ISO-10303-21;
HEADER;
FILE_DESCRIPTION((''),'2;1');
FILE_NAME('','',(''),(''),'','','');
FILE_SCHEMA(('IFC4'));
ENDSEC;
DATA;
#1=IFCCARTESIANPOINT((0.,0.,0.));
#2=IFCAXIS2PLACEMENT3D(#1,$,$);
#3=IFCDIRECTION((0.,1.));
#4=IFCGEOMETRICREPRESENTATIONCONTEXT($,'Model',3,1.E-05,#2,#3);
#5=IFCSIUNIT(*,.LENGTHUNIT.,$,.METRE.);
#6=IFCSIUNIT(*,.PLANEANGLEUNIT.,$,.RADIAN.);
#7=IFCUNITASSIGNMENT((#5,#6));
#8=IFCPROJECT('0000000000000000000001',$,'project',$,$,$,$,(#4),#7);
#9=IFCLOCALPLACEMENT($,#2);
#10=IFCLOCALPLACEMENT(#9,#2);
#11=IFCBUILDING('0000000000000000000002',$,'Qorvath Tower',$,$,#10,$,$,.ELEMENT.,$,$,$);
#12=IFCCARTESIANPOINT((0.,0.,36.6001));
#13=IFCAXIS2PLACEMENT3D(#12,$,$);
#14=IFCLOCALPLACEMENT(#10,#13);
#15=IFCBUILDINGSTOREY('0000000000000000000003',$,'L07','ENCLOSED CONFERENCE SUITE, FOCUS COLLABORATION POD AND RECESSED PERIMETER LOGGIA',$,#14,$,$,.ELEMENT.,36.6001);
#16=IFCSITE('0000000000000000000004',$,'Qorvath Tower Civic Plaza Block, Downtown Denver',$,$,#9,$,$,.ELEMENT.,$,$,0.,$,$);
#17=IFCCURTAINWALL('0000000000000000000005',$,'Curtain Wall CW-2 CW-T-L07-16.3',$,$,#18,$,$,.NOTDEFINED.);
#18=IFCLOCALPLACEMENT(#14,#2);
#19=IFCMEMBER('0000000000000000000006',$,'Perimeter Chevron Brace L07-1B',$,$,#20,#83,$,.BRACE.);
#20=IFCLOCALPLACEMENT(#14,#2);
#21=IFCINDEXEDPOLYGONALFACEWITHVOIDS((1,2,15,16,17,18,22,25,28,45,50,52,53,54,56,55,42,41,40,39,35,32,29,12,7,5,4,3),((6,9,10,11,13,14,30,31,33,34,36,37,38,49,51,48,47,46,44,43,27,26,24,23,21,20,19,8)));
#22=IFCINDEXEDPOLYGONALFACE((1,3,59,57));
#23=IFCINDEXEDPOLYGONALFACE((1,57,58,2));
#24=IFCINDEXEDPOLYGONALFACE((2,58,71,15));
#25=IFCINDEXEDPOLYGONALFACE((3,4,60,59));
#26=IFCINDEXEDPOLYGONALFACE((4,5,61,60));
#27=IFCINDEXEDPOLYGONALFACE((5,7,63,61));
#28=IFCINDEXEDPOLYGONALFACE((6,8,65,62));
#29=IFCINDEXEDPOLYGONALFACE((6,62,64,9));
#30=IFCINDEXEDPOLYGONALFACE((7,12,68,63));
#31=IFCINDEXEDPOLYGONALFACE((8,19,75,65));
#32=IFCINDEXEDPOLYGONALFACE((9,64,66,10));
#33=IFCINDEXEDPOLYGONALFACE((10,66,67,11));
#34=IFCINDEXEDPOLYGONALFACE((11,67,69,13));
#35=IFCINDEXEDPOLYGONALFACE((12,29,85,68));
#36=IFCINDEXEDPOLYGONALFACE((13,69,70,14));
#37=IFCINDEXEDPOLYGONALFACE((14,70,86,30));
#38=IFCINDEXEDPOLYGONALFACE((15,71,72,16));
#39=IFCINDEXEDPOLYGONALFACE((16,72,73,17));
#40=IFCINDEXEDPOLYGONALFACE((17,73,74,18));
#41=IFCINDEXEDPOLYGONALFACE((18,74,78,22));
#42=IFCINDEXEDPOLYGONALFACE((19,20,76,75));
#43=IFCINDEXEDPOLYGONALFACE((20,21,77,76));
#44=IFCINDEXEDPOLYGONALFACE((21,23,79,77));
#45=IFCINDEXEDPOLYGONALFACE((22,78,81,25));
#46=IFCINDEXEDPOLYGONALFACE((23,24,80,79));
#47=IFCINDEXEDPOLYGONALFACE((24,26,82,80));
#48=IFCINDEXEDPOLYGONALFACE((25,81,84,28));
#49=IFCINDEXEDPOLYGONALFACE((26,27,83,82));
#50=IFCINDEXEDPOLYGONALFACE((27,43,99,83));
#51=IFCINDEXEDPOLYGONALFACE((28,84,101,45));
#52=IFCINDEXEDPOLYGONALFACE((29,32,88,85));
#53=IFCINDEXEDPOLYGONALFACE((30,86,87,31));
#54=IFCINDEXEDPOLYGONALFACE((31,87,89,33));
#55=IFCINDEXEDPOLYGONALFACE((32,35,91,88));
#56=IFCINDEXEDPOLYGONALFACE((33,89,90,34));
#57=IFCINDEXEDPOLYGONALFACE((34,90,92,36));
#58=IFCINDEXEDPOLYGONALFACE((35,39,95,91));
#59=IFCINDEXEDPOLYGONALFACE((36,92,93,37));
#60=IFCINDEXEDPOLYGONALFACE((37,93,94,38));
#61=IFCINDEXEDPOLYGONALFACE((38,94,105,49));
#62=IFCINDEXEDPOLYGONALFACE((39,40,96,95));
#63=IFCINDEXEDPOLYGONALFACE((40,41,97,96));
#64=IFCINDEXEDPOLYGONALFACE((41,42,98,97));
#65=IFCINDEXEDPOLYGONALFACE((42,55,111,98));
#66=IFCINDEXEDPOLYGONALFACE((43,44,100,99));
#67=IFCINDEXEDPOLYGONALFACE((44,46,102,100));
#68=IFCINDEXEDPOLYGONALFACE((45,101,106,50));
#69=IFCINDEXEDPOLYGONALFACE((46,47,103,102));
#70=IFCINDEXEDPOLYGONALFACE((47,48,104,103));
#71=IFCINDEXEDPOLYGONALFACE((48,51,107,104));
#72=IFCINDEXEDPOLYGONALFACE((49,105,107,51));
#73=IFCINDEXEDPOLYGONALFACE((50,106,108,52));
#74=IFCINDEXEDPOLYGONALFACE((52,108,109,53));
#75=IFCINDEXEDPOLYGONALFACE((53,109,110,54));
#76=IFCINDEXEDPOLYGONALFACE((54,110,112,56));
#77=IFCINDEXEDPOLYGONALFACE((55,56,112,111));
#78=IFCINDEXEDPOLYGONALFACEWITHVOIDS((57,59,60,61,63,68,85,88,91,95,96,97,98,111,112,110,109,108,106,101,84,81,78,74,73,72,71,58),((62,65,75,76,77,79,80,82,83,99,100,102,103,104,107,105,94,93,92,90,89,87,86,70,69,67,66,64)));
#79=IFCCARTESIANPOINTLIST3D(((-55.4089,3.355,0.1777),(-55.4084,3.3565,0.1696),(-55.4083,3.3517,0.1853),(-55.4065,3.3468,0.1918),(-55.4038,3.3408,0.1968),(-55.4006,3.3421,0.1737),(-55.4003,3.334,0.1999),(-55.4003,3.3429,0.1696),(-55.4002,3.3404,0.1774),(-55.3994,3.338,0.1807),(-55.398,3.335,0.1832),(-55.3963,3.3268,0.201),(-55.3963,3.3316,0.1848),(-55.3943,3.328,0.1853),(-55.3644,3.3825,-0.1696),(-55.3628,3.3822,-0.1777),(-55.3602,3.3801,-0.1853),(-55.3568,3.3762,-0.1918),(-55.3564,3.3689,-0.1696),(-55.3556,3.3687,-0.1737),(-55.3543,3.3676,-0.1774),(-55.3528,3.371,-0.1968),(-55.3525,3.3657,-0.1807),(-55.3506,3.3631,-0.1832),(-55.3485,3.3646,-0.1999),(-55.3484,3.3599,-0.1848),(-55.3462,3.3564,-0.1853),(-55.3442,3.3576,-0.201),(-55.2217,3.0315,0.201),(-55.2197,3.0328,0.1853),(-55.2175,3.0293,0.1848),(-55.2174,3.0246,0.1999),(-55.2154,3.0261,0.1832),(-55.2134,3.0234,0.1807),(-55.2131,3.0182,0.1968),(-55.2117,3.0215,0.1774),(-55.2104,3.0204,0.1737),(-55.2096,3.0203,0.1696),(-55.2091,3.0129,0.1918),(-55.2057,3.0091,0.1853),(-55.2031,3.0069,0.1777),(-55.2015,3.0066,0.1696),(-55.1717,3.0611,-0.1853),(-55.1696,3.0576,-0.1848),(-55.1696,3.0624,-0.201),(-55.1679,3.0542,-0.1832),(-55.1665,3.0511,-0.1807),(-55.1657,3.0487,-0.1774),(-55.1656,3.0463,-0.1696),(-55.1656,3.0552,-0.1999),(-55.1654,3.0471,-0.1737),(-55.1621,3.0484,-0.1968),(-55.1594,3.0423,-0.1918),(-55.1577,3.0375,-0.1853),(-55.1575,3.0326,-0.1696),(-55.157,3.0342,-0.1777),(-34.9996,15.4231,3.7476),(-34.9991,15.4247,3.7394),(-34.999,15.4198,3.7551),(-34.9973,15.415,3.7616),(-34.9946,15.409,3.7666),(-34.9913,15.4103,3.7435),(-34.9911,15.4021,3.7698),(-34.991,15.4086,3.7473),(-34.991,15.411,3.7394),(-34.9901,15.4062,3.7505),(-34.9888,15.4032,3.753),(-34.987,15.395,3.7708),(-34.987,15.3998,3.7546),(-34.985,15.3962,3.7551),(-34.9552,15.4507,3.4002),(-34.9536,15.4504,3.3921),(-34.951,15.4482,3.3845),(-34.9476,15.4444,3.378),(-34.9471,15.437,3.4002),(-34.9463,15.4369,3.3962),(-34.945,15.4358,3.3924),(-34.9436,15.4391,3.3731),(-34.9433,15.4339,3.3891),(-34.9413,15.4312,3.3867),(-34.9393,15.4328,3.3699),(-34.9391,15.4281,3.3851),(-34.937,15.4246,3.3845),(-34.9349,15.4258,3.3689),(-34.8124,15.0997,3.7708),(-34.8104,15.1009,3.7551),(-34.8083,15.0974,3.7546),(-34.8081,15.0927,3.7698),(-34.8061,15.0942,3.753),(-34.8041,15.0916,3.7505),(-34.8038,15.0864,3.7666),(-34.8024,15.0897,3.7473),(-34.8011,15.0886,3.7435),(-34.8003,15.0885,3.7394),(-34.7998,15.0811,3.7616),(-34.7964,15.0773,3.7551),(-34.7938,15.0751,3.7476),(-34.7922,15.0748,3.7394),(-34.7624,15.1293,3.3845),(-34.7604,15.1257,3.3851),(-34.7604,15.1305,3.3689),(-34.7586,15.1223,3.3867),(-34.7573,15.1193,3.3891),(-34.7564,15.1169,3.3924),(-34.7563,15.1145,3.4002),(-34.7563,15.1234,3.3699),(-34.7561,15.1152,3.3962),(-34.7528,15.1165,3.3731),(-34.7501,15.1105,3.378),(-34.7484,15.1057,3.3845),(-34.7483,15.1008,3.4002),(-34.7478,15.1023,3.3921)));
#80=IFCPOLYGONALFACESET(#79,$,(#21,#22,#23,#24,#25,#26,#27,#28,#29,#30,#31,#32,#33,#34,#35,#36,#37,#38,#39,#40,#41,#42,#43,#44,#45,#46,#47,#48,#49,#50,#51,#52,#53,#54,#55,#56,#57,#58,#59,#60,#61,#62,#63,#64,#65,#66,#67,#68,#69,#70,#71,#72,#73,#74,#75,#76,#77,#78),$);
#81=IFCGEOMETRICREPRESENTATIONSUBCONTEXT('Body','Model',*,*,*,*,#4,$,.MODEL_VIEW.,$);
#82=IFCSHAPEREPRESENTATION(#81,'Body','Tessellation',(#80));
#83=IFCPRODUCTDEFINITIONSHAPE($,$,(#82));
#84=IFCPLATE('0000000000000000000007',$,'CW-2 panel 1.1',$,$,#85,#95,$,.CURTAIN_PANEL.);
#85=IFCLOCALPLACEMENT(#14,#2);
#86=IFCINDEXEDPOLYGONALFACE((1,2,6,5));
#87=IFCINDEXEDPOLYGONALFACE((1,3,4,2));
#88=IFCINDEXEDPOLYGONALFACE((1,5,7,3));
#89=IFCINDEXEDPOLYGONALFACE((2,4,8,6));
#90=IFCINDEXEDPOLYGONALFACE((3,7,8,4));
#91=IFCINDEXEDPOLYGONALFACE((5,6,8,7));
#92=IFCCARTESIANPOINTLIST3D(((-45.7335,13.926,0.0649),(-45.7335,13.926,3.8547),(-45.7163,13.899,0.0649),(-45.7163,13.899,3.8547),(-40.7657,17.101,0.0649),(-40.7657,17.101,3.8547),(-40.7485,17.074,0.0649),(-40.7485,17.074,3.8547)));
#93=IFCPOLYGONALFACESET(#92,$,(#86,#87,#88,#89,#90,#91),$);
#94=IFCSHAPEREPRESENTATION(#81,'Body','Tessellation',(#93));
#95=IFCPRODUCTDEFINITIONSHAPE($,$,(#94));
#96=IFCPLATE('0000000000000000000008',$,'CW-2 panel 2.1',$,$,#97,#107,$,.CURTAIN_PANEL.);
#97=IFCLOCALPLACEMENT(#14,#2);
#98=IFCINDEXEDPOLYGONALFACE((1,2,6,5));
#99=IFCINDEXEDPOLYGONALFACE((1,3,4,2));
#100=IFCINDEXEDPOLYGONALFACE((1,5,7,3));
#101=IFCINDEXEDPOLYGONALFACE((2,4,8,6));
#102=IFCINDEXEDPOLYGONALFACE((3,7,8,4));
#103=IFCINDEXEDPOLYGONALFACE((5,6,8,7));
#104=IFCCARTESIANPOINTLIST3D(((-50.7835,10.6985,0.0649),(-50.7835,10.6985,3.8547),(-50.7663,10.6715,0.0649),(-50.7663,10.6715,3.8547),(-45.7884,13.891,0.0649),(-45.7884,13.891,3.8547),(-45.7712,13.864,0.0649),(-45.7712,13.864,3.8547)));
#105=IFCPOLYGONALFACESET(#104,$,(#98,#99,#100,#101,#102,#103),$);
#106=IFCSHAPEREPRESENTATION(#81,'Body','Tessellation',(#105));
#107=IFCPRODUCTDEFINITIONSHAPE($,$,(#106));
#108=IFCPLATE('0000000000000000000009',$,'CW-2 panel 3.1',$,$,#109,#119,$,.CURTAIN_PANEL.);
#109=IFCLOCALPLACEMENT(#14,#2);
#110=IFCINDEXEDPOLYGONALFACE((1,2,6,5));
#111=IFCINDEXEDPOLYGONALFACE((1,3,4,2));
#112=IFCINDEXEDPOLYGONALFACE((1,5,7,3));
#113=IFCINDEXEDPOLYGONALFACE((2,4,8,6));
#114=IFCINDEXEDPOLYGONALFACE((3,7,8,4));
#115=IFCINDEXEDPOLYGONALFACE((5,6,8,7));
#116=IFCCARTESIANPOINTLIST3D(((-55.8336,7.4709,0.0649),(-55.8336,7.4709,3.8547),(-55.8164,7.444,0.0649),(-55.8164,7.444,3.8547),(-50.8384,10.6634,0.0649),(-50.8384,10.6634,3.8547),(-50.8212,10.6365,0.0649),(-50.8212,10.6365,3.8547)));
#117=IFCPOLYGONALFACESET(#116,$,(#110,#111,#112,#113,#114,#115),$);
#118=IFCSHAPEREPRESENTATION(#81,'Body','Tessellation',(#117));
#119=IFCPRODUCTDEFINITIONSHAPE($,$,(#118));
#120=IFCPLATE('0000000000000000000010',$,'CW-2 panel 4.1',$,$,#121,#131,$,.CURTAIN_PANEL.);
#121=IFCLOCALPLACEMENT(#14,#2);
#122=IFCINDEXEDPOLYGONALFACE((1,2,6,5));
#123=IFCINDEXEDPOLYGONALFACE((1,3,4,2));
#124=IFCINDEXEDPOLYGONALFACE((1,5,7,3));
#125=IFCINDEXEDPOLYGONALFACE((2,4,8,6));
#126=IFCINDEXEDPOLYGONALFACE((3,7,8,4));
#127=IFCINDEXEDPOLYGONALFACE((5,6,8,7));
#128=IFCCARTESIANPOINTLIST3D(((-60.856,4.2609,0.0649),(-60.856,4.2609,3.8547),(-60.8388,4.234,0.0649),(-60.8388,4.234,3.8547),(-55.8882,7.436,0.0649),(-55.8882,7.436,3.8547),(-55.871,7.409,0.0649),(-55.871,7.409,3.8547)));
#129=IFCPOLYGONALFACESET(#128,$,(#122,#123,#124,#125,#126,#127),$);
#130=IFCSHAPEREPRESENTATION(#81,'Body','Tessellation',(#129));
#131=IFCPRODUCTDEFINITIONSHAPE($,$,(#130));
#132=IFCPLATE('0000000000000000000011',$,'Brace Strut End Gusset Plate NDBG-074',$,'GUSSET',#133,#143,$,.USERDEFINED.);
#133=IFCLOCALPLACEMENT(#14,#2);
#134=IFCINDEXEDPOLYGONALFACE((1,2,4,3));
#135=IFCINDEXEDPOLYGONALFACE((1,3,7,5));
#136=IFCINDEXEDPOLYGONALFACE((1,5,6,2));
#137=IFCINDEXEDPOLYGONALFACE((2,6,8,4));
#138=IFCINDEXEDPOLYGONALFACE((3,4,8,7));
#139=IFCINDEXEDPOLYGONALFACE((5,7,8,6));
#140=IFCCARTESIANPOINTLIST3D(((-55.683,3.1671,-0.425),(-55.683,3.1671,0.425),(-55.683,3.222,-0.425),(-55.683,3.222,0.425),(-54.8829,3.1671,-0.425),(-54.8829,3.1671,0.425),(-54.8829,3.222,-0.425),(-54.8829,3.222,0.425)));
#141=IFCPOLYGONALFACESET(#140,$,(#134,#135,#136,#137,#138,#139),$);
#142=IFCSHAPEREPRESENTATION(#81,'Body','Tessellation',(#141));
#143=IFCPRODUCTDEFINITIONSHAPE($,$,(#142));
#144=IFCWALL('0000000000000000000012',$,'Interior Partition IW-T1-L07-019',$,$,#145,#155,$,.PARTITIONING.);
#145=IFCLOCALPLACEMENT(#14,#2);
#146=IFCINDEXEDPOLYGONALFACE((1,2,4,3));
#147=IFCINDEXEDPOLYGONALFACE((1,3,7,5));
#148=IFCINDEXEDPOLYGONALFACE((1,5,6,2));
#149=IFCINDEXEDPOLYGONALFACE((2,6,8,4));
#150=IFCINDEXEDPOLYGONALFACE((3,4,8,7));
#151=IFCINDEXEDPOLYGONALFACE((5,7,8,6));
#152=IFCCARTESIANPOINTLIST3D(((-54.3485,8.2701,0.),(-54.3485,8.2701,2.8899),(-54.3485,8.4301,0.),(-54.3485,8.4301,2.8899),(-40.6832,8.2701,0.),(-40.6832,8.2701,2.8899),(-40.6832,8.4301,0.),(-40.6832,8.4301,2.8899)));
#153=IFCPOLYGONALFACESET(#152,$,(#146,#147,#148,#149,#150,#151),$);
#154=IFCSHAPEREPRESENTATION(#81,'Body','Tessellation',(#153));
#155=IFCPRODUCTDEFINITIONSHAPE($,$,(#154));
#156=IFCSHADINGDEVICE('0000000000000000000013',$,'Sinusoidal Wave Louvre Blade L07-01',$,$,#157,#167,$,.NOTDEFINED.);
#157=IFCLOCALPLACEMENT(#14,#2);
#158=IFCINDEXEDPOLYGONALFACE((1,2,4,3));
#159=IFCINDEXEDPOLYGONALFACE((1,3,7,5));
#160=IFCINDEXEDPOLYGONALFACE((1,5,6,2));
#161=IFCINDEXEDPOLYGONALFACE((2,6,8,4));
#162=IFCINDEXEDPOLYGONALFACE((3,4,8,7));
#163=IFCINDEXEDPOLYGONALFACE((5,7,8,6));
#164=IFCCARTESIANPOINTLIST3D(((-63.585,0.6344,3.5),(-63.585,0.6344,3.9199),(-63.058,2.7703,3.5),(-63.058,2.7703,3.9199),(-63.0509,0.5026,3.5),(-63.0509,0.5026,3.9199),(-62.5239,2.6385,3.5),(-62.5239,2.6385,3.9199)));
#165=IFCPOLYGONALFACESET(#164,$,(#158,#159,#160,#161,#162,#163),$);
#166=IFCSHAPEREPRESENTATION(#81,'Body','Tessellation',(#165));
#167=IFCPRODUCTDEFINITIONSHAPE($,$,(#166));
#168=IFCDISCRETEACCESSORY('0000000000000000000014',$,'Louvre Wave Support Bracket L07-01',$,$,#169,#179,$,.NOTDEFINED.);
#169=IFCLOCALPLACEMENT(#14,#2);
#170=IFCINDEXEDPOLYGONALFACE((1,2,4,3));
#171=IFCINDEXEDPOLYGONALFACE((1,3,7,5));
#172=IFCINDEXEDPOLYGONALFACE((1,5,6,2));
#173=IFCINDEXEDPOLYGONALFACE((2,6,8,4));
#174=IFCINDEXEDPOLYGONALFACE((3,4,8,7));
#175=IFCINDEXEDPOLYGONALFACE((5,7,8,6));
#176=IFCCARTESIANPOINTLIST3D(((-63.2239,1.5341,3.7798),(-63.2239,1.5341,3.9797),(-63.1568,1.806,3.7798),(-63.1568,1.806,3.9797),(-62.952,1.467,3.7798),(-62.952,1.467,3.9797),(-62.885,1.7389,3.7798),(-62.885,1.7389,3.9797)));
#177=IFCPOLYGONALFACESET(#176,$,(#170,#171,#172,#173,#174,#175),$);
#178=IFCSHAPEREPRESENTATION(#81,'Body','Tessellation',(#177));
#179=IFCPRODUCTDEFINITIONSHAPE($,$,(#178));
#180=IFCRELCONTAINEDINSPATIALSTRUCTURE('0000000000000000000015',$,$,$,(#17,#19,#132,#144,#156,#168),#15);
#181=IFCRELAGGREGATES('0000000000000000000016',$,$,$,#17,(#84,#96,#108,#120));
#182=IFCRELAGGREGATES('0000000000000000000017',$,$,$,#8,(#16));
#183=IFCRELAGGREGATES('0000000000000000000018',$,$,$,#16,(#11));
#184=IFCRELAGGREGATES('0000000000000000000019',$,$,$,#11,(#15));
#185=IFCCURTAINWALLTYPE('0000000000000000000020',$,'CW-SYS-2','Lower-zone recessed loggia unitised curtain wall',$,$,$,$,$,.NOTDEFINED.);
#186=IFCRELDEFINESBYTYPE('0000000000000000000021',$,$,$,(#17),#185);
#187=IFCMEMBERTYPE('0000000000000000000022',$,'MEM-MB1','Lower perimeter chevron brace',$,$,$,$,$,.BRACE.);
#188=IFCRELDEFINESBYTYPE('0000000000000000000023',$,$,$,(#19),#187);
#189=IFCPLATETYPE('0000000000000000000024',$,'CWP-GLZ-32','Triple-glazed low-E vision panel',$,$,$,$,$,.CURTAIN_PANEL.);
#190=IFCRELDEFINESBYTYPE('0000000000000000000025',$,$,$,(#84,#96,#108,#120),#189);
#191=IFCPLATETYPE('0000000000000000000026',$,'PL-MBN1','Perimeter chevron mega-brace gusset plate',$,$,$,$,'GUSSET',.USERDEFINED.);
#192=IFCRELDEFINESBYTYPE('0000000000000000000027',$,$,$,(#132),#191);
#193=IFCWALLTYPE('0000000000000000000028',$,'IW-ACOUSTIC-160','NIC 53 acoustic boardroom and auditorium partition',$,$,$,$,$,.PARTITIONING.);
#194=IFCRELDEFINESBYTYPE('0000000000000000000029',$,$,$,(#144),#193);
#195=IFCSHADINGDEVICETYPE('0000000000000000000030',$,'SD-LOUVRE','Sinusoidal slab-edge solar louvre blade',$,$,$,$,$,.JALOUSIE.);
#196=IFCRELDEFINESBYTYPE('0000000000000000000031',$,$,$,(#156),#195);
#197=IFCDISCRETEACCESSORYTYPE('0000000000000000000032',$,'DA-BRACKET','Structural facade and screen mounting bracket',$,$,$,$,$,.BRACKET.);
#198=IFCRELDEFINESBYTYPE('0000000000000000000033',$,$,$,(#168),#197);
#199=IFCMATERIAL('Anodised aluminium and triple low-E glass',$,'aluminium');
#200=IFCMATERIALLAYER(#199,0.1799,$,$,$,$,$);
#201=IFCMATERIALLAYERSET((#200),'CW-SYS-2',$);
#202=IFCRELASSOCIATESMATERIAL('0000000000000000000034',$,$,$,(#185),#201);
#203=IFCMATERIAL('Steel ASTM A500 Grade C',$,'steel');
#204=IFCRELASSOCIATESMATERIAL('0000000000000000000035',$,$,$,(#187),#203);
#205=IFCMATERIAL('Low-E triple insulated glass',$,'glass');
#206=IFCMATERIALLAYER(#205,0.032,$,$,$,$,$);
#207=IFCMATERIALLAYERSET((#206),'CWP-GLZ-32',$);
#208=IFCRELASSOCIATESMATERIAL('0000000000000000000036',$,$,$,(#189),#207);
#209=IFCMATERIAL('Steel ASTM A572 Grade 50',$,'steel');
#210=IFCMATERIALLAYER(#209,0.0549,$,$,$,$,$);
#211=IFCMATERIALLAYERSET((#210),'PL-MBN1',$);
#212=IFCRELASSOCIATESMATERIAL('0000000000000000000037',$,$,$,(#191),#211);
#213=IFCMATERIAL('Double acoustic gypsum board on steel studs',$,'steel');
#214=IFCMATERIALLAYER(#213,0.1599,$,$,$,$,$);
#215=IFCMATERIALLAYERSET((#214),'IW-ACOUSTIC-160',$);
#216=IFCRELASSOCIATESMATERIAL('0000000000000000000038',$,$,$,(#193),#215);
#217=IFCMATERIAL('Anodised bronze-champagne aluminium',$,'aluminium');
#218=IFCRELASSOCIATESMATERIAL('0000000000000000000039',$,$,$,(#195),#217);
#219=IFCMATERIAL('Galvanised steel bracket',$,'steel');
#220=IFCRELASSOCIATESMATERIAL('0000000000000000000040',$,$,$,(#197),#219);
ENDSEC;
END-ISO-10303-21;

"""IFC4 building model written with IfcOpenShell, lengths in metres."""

from ifc_helpers import new_model, si_unit, direction, frame, frame_2d, origin, origin_2d, place, context, subcontext, project, spatial, rectangle, hollow_rectangle, extrude, material, layer, layer_set, material_profile, profile_set, type_object, element, aggregate, save


model = new_model("IFC4")

# Units and contexts
model_context = context("Model", 3, precision=1e-05, world=origin(), true_north=direction((0.0, 1.0)))
body_context = subcontext(model_context, "Body", "Model", "MODEL_VIEW")
ifc_project = project(units=[si_unit("LENGTHUNIT", "METRE"), si_unit("PLANEANGLEUNIT", "RADIAN")], contexts=[model_context])

# Site, building, storey
site_placement = place(None, origin())
site = spatial("IfcSite", under=ifc_project, at=site_placement, Name="Qorvath Tower Civic Plaza Block, Downtown Denver", CompositionType="ELEMENT", RefElevation=0.0)
building_placement = place(site_placement, origin())
building = spatial("IfcBuilding", under=site, at=building_placement, Name="Qorvath Tower", CompositionType="ELEMENT")
storey_placement = place(building_placement, frame((0.0, 0.0, 36.6001)))
storey = spatial("IfcBuildingStorey", under=building, at=storey_placement, Name="L07", Description="ENCLOSED CONFERENCE SUITE, FOCUS COLLABORATION POD AND RECESSED PERIMETER LOGGIA", CompositionType="ELEMENT", Elevation=36.6001)

# Curtain wall
ifc_material_1 = material(Name="Anodised aluminium and triple low-E glass", Category="aluminium")
ifc_layer_1 = layer(ifc_material_1, 0.1799)
ifc_layer_set_1 = layer_set([ifc_layer_1], Name="CW-SYS-2")
curtain_wall_type = type_object("IfcCurtainWallType", Name="CW-SYS-2", Description="Lower-zone recessed loggia unitised curtain wall", PredefinedType="NOTDEFINED", material=ifc_layer_set_1)
curtain_wall_placement = place(storey_placement, origin())
curtain_wall = element("IfcCurtainWall", 1, at=curtain_wall_placement, inside=storey, type_object=curtain_wall_type, Name="Curtain Wall CW-2 CW-T-L07-16.3", PredefinedType="NOTDEFINED")

# Member
ifc_material_2 = material(Name="Steel ASTM A500 Grade C", Category="steel")
ifc_material_profile_1 = material_profile(ifc_material_2, hollow_rectangle(XDim=0.4065, YDim=0.4065, WallThickness=0.0159, InnerFilletRadius=0.0159, OuterFilletRadius=0.0317, at=origin_2d()), Name="HSS 406x406x16")
ifc_profile_set_1 = profile_set([ifc_material_profile_1], Name="Steel ASTM A500 Grade C")
member_type_1 = type_object("IfcMemberType", Name="MEM-MB1", Description="Lower perimeter chevron brace", PredefinedType="BRACE", material=ifc_profile_set_1)
member_1_placement = place(storey_placement, frame((-55.283, 3.1946, 0.0), z_axis=(0.851183, 0.503311, 0.148883), x_axis=(-0.508984, 0.860776, 0.0)))
element("IfcMember", 2, at=member_1_placement, inside=storey, type_object=member_type_1, Name="Perimeter Chevron Brace L07-1B", PredefinedType="BRACE", context=body_context, shape_type="SweptSolid", body=[
    extrude(hollow_rectangle(XDim=0.4065, YDim=0.4065, WallThickness=0.0159, InnerFilletRadius=0.0159, OuterFilletRadius=0.0317, at=origin_2d()), origin(), (0.0, 0.0, 1.0), 23.9775),
])

# Plates
ifc_material_3 = material(Name="Low-E triple insulated glass", Category="glass")
ifc_layer_2 = layer(ifc_material_3, 0.032)
ifc_layer_set_2 = layer_set([ifc_layer_2], Name="CWP-GLZ-32")
plate_type_1 = type_object("IfcPlateType", Name="CWP-GLZ-32", Description="Triple-glazed low-E vision panel", PredefinedType="CURTAIN_PANEL", material=ifc_layer_set_2)
plate_1_placement = place(storey_placement, frame((-43.241, 15.5, 0.0649), z_axis=(0.0, 0.0, 1.0), x_axis=(-0.842607, -0.538529, 0.0)))
plate_1 = element("IfcPlate", 3, at=plate_1_placement, type_object=plate_type_1, Name="CW-2 panel 1.1", PredefinedType="CURTAIN_PANEL", context=body_context, shape_type="SweptSolid", body=[
    extrude(rectangle(XDim=5.8958, YDim=0.032, at=origin_2d()), origin(), (0.0, 0.0, 1.0), 3.7898),
])
plate_2_placement = place(storey_placement, frame((-48.2773, 12.2812, 0.0649), z_axis=(0.0, 0.0, 1.0), x_axis=(-0.842607, -0.538529, 0.0)))
plate_2 = element("IfcPlate", 4, at=plate_2_placement, type_object=plate_type_1, Name="CW-2 panel 2.1", PredefinedType="CURTAIN_PANEL", context=body_context, shape_type="SweptSolid", body=[
    extrude(rectangle(XDim=5.9282, YDim=0.032, at=origin_2d()), origin(), (0.0, 0.0, 1.0), 3.7898),
])
plate_3_placement = place(storey_placement, frame((-53.3274, 9.0537, 0.0649), z_axis=(0.0, 0.0, 1.0), x_axis=(-0.842607, -0.538529, 0.0)))
plate_3 = element("IfcPlate", 5, at=plate_3_placement, type_object=plate_type_1, Name="CW-2 panel 3.1", PredefinedType="CURTAIN_PANEL", context=body_context, shape_type="SweptSolid", body=[
    extrude(rectangle(XDim=5.9282, YDim=0.032, at=origin_2d()), origin(), (0.0, 0.0, 1.0), 3.7898),
])
plate_4_placement = place(storey_placement, frame((-58.3635, 5.835, 0.0649), z_axis=(0.0, 0.0, 1.0), x_axis=(-0.842607, -0.538529, 0.0)))
plate_4 = element("IfcPlate", 6, at=plate_4_placement, type_object=plate_type_1, Name="CW-2 panel 4.1", PredefinedType="CURTAIN_PANEL", context=body_context, shape_type="SweptSolid", body=[
    extrude(rectangle(XDim=5.8958, YDim=0.032, at=origin_2d()), origin(), (0.0, 0.0, 1.0), 3.7898),
])
aggregate(curtain_wall, [plate_1, plate_2, plate_3, plate_4])
ifc_material_4 = material(Name="Steel ASTM A572 Grade 50", Category="steel")
ifc_layer_3 = layer(ifc_material_4, 0.0549)
ifc_layer_set_3 = layer_set([ifc_layer_3], Name="PL-MBN1")
plate_type_2 = type_object("IfcPlateType", Name="PL-MBN1", Description="Perimeter chevron mega-brace gusset plate", ElementType="GUSSET", PredefinedType="USERDEFINED", material=ifc_layer_set_3)
plate_5_placement = place(storey_placement, frame((-55.283, 3.1946, -0.425), z_axis=(0.0, 0.0, 1.0), x_axis=(1.0, 0.0, 0.0)))
element("IfcPlate", 7, at=plate_5_placement, inside=storey, type_object=plate_type_2, Name="Brace Strut End Gusset Plate NDBG-074", ObjectType="GUSSET", PredefinedType="USERDEFINED", context=body_context, shape_type="SweptSolid", body=[
    extrude(rectangle(XDim=0.8, YDim=0.0549, at=origin_2d()), origin(), (0.0, 0.0, 1.0), 0.8501),
])

# Wall
ifc_material_5 = material(Name="Double acoustic gypsum board on steel studs", Category="steel")
ifc_layer_4 = layer(ifc_material_5, 0.1599)
ifc_layer_set_4 = layer_set([ifc_layer_4], Name="IW-ACOUSTIC-160")
wall_type = type_object("IfcWallType", Name="IW-ACOUSTIC-160", Description="NIC 53 acoustic boardroom and auditorium partition", PredefinedType="PARTITIONING", material=ifc_layer_set_4)
wall_placement = place(storey_placement, frame((-54.3484, 8.3501, 0.0), z_axis=(0.0, 0.0, 1.0), x_axis=(1.0, 0.0, 0.0)))
element("IfcWall", 8, at=wall_placement, inside=storey, type_object=wall_type, Name="Interior Partition IW-T1-L07-019", PredefinedType="PARTITIONING", context=body_context, shape_type="SweptSolid", body=[
    extrude(rectangle(XDim=13.6653, YDim=0.1599, at=frame_2d((6.8325, 0.0))), origin(), (0.0, 0.0, 1.0), 2.8899),
])

# Shading device
ifc_material_6 = material(Name="Anodised bronze-champagne aluminium", Category="aluminium")
shading_device_type = type_object("IfcShadingDeviceType", Name="SD-LOUVRE", Description="Sinusoidal slab-edge solar louvre blade", PredefinedType="JALOUSIE", material=ifc_material_6)
shading_device_placement = place(storey_placement, frame((-63.0544, 1.6365, 3.5), z_axis=(0.0, 0.0, 1.0), x_axis=(-0.239549, -0.970884, 0.0)))
element("IfcShadingDevice", 9, at=shading_device_placement, inside=storey, type_object=shading_device_type, Name="Sinusoidal Wave Louvre Blade L07-01", PredefinedType="NOTDEFINED", context=body_context, shape_type="SweptSolid", body=[
    extrude(rectangle(XDim=2.2, YDim=0.55, at=origin_2d()), origin(), (0.0, 0.0, 1.0), 0.4199),
])

# Discrete accessory
ifc_material_7 = material(Name="Galvanised steel bracket", Category="steel")
discrete_accessory_type = type_object("IfcDiscreteAccessoryType", Name="DA-BRACKET", Description="Structural facade and screen mounting bracket", PredefinedType="BRACKET", material=ifc_material_7)
discrete_accessory_placement = place(storey_placement, frame((-63.0544, 1.6365, 3.7798), z_axis=(0.0, 0.0, 1.0), x_axis=(-0.239549, -0.970884, 0.0)))
element("IfcDiscreteAccessory", 10, at=discrete_accessory_placement, inside=storey, type_object=discrete_accessory_type, Name="Louvre Wave Support Bracket L07-01", PredefinedType="NOTDEFINED", context=body_context, shape_type="SweptSolid", body=[
    extrude(rectangle(XDim=0.28, YDim=0.28, at=origin_2d()), origin(), (0.0, 0.0, 1.0), 0.2),
])

save(model, "model.ifc")
